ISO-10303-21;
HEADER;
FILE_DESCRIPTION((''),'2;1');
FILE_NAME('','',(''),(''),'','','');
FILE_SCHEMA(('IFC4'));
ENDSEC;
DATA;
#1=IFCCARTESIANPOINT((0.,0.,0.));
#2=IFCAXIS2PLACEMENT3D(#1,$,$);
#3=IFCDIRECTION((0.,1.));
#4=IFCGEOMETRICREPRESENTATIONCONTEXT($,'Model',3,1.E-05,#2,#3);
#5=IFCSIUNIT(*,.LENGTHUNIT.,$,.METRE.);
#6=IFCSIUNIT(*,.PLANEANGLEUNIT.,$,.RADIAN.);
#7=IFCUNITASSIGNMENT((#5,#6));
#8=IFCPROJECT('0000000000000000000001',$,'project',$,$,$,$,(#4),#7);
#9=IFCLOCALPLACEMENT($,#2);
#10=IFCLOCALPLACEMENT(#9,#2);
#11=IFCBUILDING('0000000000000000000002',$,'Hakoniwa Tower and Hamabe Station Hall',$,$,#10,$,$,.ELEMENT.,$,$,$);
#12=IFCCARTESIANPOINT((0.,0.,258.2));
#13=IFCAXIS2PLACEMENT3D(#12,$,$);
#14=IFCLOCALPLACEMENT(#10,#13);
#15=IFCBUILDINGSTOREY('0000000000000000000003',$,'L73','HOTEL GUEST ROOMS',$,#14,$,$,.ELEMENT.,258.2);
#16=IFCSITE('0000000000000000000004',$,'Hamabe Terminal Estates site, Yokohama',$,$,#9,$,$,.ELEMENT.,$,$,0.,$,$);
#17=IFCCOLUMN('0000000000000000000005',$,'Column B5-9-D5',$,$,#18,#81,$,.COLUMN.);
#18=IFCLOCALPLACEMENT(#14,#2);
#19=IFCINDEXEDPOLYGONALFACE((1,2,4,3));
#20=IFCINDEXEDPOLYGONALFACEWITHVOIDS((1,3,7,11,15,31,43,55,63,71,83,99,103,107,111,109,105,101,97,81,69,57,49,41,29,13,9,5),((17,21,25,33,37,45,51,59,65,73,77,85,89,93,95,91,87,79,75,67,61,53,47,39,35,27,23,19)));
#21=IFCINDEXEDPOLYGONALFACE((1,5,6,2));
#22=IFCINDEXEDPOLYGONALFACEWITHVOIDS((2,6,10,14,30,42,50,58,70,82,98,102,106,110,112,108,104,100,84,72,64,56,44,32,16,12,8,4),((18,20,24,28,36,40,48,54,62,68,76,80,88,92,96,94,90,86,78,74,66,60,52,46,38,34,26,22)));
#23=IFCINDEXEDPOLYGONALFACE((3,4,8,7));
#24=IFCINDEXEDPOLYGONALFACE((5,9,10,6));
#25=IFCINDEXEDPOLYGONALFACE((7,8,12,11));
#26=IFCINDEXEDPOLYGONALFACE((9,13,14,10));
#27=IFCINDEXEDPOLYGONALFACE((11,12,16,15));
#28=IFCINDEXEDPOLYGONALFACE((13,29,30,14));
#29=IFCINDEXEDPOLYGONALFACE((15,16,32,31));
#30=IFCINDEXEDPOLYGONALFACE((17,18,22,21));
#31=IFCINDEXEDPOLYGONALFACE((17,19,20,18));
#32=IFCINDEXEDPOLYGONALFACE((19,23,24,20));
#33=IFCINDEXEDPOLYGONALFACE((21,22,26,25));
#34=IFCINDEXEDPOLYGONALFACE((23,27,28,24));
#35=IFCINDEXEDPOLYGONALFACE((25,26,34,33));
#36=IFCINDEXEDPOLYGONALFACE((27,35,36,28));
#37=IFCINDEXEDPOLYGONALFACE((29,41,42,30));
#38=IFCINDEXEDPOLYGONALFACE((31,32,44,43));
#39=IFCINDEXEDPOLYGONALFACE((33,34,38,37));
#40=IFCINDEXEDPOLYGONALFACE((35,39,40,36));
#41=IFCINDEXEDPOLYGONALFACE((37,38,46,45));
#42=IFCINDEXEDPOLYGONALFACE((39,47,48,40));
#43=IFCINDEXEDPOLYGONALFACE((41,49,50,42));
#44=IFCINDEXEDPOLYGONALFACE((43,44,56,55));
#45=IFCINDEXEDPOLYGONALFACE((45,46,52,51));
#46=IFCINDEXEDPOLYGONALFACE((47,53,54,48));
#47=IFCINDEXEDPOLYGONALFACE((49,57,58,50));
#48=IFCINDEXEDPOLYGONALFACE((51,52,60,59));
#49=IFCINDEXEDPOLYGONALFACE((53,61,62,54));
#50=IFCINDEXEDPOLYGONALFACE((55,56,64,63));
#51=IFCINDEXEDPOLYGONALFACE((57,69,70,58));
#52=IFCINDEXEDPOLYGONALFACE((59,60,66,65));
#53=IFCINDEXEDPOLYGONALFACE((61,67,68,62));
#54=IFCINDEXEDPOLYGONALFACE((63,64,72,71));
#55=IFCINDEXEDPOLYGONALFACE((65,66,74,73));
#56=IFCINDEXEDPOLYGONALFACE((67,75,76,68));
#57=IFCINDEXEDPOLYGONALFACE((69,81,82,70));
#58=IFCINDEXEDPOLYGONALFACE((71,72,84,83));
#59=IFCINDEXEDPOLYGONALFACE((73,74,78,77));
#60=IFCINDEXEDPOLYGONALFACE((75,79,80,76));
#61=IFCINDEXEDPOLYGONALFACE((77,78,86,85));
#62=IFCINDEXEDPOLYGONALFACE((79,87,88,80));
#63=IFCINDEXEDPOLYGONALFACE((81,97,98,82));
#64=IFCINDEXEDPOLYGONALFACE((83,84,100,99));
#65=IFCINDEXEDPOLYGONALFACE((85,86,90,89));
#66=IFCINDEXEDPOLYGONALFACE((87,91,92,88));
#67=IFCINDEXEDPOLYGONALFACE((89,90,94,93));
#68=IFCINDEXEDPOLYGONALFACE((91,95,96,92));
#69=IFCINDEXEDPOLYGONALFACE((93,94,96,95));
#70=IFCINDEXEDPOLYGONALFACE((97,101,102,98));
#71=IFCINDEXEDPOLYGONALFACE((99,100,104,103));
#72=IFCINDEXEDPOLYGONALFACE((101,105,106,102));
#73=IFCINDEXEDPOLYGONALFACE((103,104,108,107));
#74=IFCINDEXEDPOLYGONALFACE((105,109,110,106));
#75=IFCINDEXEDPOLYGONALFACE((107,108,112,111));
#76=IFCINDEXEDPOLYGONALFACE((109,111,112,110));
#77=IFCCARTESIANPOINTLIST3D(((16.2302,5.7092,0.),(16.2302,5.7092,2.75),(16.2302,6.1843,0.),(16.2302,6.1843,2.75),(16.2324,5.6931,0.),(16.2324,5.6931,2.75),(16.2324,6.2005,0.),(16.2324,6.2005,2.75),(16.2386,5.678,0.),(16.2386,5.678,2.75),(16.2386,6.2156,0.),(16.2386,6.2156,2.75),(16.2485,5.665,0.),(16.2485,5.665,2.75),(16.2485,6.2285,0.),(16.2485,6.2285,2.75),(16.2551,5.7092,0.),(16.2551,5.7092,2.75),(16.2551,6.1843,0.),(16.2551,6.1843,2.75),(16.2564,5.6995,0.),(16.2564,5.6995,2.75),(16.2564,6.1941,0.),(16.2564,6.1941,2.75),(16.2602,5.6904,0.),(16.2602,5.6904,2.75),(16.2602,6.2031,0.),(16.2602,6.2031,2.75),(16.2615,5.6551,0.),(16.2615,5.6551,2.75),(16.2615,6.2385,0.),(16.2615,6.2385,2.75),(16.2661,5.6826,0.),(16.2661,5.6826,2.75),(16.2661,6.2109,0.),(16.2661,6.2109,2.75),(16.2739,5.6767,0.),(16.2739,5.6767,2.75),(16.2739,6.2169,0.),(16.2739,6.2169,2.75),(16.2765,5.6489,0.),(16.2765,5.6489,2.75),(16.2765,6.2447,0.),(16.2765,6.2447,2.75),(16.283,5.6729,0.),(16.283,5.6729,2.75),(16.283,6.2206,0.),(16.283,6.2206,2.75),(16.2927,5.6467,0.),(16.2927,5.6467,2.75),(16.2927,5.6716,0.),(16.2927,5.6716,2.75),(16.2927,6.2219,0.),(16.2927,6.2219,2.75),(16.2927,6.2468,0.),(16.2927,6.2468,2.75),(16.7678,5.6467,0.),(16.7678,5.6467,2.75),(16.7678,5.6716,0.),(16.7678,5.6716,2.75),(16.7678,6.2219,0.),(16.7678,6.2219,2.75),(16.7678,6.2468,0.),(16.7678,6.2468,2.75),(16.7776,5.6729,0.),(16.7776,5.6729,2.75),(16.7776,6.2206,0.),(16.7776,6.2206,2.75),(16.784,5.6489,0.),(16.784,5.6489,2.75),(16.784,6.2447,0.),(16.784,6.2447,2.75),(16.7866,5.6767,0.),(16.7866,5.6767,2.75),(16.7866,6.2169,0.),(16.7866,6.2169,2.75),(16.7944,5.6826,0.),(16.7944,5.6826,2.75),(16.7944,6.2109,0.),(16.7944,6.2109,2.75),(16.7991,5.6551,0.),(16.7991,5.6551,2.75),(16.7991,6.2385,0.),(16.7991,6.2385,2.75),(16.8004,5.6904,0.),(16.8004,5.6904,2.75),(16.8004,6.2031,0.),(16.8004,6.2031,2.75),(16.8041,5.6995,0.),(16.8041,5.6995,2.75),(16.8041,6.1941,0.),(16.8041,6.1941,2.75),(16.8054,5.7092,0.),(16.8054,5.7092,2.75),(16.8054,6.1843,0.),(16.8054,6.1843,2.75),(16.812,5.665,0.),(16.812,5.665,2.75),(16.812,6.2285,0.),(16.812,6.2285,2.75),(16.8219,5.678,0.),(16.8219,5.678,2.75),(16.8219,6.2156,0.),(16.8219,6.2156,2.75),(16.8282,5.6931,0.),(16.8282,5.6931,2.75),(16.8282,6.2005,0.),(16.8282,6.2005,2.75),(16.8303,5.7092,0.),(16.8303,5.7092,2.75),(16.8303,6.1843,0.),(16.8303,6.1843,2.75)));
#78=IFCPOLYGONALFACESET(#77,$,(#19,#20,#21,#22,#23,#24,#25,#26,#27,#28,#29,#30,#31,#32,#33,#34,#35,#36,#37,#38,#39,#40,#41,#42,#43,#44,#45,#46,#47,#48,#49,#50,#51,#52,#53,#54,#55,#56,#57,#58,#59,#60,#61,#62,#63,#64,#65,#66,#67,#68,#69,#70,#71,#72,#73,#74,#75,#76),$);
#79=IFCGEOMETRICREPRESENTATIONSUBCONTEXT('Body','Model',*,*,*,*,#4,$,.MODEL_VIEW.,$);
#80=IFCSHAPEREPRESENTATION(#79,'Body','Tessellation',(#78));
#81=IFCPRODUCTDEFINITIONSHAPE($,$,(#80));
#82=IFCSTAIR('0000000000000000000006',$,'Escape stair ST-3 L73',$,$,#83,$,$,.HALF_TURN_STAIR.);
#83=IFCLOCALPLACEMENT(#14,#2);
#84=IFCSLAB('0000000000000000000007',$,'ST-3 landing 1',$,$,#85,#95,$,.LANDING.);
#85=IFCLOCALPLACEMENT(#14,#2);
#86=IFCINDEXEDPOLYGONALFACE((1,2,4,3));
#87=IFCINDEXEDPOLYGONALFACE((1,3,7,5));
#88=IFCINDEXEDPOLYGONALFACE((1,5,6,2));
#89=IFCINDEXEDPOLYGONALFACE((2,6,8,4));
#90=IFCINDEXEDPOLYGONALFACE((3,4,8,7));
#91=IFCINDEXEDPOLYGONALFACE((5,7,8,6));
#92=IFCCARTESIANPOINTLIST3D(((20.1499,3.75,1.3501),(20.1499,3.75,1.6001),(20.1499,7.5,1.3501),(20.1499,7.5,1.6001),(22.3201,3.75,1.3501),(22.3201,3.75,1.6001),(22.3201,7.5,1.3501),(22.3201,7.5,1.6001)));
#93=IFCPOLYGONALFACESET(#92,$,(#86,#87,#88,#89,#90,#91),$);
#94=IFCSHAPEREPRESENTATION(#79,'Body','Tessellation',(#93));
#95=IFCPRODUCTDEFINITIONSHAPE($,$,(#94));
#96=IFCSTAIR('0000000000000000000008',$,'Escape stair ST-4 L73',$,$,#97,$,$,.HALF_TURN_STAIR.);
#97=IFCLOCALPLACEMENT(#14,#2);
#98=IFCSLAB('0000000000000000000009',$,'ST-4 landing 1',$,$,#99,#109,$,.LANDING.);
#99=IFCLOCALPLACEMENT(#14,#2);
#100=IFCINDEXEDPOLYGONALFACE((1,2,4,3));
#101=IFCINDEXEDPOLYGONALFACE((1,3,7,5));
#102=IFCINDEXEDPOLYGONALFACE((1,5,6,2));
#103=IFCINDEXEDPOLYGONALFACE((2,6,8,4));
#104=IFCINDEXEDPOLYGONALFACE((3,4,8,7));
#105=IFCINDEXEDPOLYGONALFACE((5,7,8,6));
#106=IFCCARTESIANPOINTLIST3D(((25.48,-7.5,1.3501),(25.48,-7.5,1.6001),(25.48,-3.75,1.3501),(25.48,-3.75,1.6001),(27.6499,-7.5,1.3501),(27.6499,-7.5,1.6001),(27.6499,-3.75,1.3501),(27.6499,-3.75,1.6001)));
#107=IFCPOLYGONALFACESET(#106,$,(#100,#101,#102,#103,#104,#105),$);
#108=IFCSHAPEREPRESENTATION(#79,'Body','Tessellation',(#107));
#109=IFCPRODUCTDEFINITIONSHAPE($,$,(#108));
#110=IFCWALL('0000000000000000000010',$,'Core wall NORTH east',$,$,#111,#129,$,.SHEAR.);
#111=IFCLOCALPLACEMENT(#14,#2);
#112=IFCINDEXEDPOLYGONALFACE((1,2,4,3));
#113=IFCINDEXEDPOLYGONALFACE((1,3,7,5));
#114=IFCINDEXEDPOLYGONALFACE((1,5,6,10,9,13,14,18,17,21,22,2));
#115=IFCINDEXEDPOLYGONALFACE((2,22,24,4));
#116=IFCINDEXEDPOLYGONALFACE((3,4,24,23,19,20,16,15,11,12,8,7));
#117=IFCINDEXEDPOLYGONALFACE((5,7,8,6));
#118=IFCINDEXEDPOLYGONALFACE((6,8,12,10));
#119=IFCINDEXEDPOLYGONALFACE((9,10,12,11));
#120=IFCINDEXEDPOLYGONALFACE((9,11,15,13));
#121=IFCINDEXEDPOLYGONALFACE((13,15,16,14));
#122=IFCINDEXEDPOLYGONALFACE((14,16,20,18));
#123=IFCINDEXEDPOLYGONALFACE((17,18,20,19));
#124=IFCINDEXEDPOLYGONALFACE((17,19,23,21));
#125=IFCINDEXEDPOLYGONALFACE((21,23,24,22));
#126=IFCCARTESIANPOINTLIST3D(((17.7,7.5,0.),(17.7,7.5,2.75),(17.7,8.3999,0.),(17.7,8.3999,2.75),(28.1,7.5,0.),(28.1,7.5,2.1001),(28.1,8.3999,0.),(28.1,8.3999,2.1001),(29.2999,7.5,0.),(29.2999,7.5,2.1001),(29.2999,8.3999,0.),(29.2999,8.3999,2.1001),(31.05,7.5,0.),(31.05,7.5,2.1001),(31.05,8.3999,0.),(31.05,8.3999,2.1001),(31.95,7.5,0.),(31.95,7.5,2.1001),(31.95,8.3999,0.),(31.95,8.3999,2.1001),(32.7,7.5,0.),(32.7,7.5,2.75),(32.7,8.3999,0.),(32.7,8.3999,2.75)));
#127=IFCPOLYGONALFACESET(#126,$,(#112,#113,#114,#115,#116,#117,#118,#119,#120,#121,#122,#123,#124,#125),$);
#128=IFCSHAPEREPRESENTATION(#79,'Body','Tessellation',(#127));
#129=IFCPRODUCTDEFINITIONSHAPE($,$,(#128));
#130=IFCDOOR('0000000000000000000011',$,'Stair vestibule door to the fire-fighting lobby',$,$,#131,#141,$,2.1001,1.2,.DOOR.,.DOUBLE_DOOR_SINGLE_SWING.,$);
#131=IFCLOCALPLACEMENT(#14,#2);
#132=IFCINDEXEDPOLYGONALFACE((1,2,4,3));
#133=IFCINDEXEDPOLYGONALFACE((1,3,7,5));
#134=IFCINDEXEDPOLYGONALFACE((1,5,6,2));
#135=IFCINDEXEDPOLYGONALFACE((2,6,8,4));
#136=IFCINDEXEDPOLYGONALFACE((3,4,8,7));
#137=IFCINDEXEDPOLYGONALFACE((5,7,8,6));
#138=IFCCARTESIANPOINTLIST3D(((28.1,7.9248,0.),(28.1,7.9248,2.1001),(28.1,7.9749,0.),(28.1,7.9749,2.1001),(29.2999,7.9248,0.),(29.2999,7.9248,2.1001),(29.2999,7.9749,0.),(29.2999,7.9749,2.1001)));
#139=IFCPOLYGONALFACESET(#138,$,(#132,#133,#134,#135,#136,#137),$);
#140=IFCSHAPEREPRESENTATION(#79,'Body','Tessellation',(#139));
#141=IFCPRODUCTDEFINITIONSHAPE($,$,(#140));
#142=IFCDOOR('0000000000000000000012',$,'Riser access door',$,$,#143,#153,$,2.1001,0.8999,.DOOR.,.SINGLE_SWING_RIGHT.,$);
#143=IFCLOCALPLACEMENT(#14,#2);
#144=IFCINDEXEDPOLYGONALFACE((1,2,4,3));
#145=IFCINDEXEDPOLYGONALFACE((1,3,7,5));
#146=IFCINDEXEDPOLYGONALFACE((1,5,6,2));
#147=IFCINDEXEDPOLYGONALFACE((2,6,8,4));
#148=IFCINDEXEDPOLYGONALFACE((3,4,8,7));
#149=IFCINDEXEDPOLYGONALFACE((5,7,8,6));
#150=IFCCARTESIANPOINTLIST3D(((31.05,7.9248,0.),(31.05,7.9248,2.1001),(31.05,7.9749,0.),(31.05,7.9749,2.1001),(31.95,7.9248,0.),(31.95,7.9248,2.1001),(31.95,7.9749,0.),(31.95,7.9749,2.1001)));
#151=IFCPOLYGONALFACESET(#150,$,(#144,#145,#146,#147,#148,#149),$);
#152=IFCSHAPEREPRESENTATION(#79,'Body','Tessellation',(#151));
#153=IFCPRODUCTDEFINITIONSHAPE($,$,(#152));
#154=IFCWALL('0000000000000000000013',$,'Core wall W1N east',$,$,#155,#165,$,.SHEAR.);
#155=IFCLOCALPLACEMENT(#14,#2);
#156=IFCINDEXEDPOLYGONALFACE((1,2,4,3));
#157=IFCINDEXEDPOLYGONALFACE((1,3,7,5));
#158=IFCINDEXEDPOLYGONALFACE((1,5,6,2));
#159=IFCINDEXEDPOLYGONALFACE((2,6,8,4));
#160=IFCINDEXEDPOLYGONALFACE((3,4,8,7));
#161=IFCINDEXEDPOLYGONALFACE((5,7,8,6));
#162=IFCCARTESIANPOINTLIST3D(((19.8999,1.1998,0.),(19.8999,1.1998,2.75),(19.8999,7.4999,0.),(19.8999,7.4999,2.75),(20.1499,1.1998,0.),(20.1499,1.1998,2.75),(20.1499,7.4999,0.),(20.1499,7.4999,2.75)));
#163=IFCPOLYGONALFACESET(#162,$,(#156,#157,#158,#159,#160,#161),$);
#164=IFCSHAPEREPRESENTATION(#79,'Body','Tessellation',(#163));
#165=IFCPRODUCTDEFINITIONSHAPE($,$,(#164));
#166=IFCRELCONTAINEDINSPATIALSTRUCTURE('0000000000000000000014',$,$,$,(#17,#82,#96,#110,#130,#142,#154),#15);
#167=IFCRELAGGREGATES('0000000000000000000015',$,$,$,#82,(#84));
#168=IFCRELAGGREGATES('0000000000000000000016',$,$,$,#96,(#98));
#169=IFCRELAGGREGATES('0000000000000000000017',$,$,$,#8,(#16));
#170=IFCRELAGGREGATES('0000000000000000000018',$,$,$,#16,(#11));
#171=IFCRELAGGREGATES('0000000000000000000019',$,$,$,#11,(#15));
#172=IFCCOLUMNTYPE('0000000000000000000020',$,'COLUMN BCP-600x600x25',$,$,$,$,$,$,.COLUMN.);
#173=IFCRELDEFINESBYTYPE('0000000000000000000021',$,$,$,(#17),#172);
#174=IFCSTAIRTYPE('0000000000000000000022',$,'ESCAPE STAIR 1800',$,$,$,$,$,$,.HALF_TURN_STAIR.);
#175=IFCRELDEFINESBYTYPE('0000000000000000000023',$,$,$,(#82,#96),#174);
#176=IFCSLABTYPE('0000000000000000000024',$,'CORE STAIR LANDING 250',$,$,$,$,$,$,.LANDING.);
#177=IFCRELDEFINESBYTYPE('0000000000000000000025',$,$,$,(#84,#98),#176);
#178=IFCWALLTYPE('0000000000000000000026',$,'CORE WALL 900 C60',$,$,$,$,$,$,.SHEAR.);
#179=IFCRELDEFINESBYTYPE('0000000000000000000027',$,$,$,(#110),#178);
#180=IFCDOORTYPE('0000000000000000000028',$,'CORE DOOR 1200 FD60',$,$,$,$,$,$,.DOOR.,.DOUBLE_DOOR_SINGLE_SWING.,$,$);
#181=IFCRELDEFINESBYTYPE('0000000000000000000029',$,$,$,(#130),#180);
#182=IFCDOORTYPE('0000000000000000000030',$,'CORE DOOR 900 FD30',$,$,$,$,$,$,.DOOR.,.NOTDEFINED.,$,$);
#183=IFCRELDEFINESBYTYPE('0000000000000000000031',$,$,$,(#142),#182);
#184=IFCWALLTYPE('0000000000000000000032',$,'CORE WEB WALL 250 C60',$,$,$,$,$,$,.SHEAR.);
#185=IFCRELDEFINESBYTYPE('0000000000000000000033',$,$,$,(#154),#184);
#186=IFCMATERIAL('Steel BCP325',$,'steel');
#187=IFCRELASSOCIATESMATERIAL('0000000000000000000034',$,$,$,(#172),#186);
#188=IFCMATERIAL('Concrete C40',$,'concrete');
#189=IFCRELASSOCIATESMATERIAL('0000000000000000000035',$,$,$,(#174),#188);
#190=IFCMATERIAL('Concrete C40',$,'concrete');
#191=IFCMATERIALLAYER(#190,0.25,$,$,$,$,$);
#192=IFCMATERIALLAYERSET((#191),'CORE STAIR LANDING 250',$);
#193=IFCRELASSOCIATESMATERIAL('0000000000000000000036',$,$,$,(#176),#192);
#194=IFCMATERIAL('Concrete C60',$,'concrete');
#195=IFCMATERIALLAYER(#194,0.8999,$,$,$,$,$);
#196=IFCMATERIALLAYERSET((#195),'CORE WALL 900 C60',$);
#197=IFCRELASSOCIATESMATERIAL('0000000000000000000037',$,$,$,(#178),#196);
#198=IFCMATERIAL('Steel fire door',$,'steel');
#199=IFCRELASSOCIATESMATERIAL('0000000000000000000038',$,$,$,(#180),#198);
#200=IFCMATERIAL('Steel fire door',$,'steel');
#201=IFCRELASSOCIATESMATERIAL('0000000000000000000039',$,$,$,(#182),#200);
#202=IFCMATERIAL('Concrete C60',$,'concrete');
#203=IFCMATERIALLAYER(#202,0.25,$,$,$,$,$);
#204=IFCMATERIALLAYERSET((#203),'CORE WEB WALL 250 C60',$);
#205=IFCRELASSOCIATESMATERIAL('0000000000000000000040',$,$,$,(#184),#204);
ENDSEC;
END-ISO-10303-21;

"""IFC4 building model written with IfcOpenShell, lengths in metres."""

from ifc_helpers import new_model, si_unit, direction, frame, frame_2d, origin, origin_2d, place, context, subcontext, project, spatial, polyline, rectangle, hollow_rectangle, outline, extrude, material, layer, layer_set, material_profile, profile_set, type_object, element, fill, aggregate, save


model = new_model("IFC4")

# Units and contexts
model_context = context("Model", 3, precision=1e-05, world=origin(), true_north=direction((0.0, 1.0)))
body_context = subcontext(model_context, "Body", "Model", "MODEL_VIEW")
ifc_project = project(units=[si_unit("LENGTHUNIT", "METRE"), si_unit("PLANEANGLEUNIT", "RADIAN")], contexts=[model_context])

# Site, building, storey
site_placement = place(None, origin())
site = spatial("IfcSite", under=ifc_project, at=site_placement, Name="Hamabe Terminal Estates site, Yokohama", CompositionType="ELEMENT", RefElevation=0.0)
building_placement = place(site_placement, origin())
building = spatial("IfcBuilding", under=site, at=building_placement, Name="Hakoniwa Tower and Hamabe Station Hall", CompositionType="ELEMENT")
storey_placement = place(building_placement, frame((0.0, 0.0, 258.2)))
storey = spatial("IfcBuildingStorey", under=building, at=storey_placement, Name="L73", Description="HOTEL GUEST ROOMS", CompositionType="ELEMENT", Elevation=258.2)

# Column
ifc_material_1 = material(Name="Steel BCP325", Category="steel")
ifc_material_profile = material_profile(ifc_material_1, hollow_rectangle(XDim=0.6001, YDim=0.6001, WallThickness=0.0249, InnerFilletRadius=0.0376, OuterFilletRadius=0.0625, at=origin_2d()), Name="BCP-600x600x25")
ifc_profile_set = profile_set([ifc_material_profile], Name="Steel BCP325")
column_type = type_object("IfcColumnType", Name="COLUMN BCP-600x600x25", PredefinedType="COLUMN", material=ifc_profile_set)
for number, where, z_axis, x_axis, name in (
    (1, (16.5303, 5.9468, 0.0), (0.0, 0.0, 1.0), (1.0, 0.0, 0.0), "Column B5-9-D5"),
):
    element("IfcColumn", number, at=place(storey_placement, frame(where, z_axis=z_axis, x_axis=x_axis)), inside=storey, type_object=column_type, Name=name, PredefinedType="COLUMN", context=body_context, shape_type="SweptSolid", body=[
        extrude(hollow_rectangle(XDim=0.6001, YDim=0.6001, WallThickness=0.0249, InnerFilletRadius=0.0376, OuterFilletRadius=0.0625, at=origin_2d()), origin(), (0.0, 0.0, 1.0), 2.75),
    ])

# Stairs, slabs
ifc_material_2 = material(Name="Concrete C40", Category="concrete")
stair_type = type_object("IfcStairType", Name="ESCAPE STAIR 1800", PredefinedType="HALF_TURN_STAIR", material=ifc_material_2)
stair_1_placement = place(storey_placement, origin())
stair_1 = element("IfcStair", 2, at=stair_1_placement, inside=storey, type_object=stair_type, Name="Escape stair ST-3 L73", PredefinedType="HALF_TURN_STAIR")
ifc_material_3 = material(Name="Concrete C40", Category="concrete")
ifc_layer_1 = layer(ifc_material_3, 0.25)
ifc_layer_set_1 = layer_set([ifc_layer_1], Name="CORE STAIR LANDING 250")
slab_type = type_object("IfcSlabType", Name="CORE STAIR LANDING 250", PredefinedType="LANDING", material=ifc_layer_set_1)
slab_1_placement = place(storey_placement, frame((0.0, 0.0, 1.3501)))
slab_1 = element("IfcSlab", 3, at=slab_1_placement, type_object=slab_type, Name="ST-3 landing 1", PredefinedType="LANDING", context=body_context, shape_type="SweptSolid", body=[
    extrude(outline(polyline([(22.3201, 3.75), (20.1499, 3.75), (20.1499, 7.5), (22.3201, 7.5), (22.3201, 3.75)])), origin(), (0.0, 0.0, 1.0), 0.25),
])
aggregate(stair_1, [slab_1])
stair_2_placement = place(storey_placement, origin())
stair_2 = element("IfcStair", 4, at=stair_2_placement, inside=storey, type_object=stair_type, Name="Escape stair ST-4 L73", PredefinedType="HALF_TURN_STAIR")
slab_2_placement = place(storey_placement, frame((0.0, 0.0, 1.3501)))
slab_2 = element("IfcSlab", 5, at=slab_2_placement, type_object=slab_type, Name="ST-4 landing 1", PredefinedType="LANDING", context=body_context, shape_type="SweptSolid", body=[
    extrude(outline(polyline([(25.48, -7.5), (27.6499, -7.5), (27.6499, -3.75), (25.48, -3.75), (25.48, -7.5)])), origin(), (0.0, 0.0, 1.0), 0.25),
])
aggregate(stair_2, [slab_2])

# Wall, openings, doors
ifc_material_4 = material(Name="Concrete C60", Category="concrete")
ifc_layer_2 = layer(ifc_material_4, 0.8999)
ifc_layer_set_2 = layer_set([ifc_layer_2], Name="CORE WALL 900 C60")
wall_type_1 = type_object("IfcWallType", Name="CORE WALL 900 C60", PredefinedType="SHEAR", material=ifc_layer_set_2)
wall_1_placement = place(storey_placement, frame((17.7, 7.95, 0.0), z_axis=(0.0, 0.0, 1.0), x_axis=(1.0, 0.0, 0.0)))
wall_1 = element("IfcWall", 6, at=wall_1_placement, inside=storey, type_object=wall_type_1, Name="Core wall NORTH east", PredefinedType="SHEAR", context=body_context, shape_type="SweptSolid", body=[
    extrude(rectangle(XDim=15.0, YDim=0.8999, at=frame_2d((7.5, 0.0))), origin(), (0.0, 0.0, 1.0), 2.75),
])
opening_1_placement = place(wall_1_placement, frame((10.3999, 0.0, 0.0)))
opening_1 = element("IfcOpeningElement", 7, at=opening_1_placement, cuts=wall_1, PredefinedType="OPENING", context=body_context, shape_type="SweptSolid", body=[
    extrude(rectangle(XDim=1.2, YDim=2.1001, at=frame_2d((0.6001, 1.05))), frame((0.0, 0.46, 0.0), z_axis=(0.0, -1.0, 0.0), x_axis=(1.0, 0.0, 0.0)), (0.0, 0.0, 1.0), 0.9199),
])
opening_2_placement = place(wall_1_placement, frame((13.3501, 0.0, 0.0)))
opening_2 = element("IfcOpeningElement", 8, at=opening_2_placement, cuts=wall_1, PredefinedType="OPENING", context=body_context, shape_type="SweptSolid", body=[
    extrude(rectangle(XDim=0.8999, YDim=2.1001, at=frame_2d((0.45, 1.05))), frame((0.0, 0.46, 0.0), z_axis=(0.0, -1.0, 0.0), x_axis=(1.0, 0.0, 0.0)), (0.0, 0.0, 1.0), 0.9199),
])
ifc_material_5 = material(Name="Steel fire door", Category="steel")
door_type_1 = type_object("IfcDoorType", Name="CORE DOOR 1200 FD60", OperationType="DOUBLE_DOOR_SINGLE_SWING", PredefinedType="DOOR", material=ifc_material_5)
door_1_placement = place(opening_1_placement, origin())
door_1 = element("IfcDoor", 9, at=door_1_placement, inside=storey, type_object=door_type_1, Name="Stair vestibule door to the fire-fighting lobby", OperationType="DOUBLE_DOOR_SINGLE_SWING", OverallHeight=2.1001, OverallWidth=1.2, PredefinedType="DOOR", context=body_context, shape_type="SweptSolid", body=[
    extrude(rectangle(XDim=1.2, YDim=2.1001, at=frame_2d((0.6001, 1.05))), frame((0.0, 0.0249, 0.0), z_axis=(0.0, -1.0, 0.0), x_axis=(1.0, 0.0, 0.0)), (0.0, 0.0, 1.0), 0.05),
])
fill(opening_1, door_1)
ifc_material_6 = material(Name="Steel fire door", Category="steel")
door_type_2 = type_object("IfcDoorType", Name="CORE DOOR 900 FD30", OperationType="NOTDEFINED", PredefinedType="DOOR", material=ifc_material_6)
door_2_placement = place(opening_2_placement, origin())
door_2 = element("IfcDoor", 10, at=door_2_placement, inside=storey, type_object=door_type_2, Name="Riser access door", OperationType="SINGLE_SWING_RIGHT", OverallHeight=2.1001, OverallWidth=0.8999, PredefinedType="DOOR", context=body_context, shape_type="SweptSolid", body=[
    extrude(rectangle(XDim=0.8999, YDim=2.1001, at=frame_2d((0.45, 1.05))), frame((0.0, 0.0249, 0.0), z_axis=(0.0, -1.0, 0.0), x_axis=(1.0, 0.0, 0.0)), (0.0, 0.0, 1.0), 0.05),
])
fill(opening_2, door_2)

# Wall
ifc_material_7 = material(Name="Concrete C60", Category="concrete")
ifc_layer_3 = layer(ifc_material_7, 0.25)
ifc_layer_set_3 = layer_set([ifc_layer_3], Name="CORE WEB WALL 250 C60")
wall_type_2 = type_object("IfcWallType", Name="CORE WEB WALL 250 C60", PredefinedType="SHEAR", material=ifc_layer_set_3)
wall_2_placement = place(storey_placement, frame((20.0249, 1.2, 0.0), z_axis=(0.0, 0.0, 1.0), x_axis=(0.0, 1.0, 0.0)))
element("IfcWall", 11, at=wall_2_placement, inside=storey, type_object=wall_type_2, Name="Core wall W1N east", PredefinedType="SHEAR", context=body_context, shape_type="SweptSolid", body=[
    extrude(rectangle(XDim=6.3, YDim=0.25, at=frame_2d((3.1499, 0.0))), origin(), (0.0, 0.0, 1.0), 2.75),
])

save(model, "model.ifc")
